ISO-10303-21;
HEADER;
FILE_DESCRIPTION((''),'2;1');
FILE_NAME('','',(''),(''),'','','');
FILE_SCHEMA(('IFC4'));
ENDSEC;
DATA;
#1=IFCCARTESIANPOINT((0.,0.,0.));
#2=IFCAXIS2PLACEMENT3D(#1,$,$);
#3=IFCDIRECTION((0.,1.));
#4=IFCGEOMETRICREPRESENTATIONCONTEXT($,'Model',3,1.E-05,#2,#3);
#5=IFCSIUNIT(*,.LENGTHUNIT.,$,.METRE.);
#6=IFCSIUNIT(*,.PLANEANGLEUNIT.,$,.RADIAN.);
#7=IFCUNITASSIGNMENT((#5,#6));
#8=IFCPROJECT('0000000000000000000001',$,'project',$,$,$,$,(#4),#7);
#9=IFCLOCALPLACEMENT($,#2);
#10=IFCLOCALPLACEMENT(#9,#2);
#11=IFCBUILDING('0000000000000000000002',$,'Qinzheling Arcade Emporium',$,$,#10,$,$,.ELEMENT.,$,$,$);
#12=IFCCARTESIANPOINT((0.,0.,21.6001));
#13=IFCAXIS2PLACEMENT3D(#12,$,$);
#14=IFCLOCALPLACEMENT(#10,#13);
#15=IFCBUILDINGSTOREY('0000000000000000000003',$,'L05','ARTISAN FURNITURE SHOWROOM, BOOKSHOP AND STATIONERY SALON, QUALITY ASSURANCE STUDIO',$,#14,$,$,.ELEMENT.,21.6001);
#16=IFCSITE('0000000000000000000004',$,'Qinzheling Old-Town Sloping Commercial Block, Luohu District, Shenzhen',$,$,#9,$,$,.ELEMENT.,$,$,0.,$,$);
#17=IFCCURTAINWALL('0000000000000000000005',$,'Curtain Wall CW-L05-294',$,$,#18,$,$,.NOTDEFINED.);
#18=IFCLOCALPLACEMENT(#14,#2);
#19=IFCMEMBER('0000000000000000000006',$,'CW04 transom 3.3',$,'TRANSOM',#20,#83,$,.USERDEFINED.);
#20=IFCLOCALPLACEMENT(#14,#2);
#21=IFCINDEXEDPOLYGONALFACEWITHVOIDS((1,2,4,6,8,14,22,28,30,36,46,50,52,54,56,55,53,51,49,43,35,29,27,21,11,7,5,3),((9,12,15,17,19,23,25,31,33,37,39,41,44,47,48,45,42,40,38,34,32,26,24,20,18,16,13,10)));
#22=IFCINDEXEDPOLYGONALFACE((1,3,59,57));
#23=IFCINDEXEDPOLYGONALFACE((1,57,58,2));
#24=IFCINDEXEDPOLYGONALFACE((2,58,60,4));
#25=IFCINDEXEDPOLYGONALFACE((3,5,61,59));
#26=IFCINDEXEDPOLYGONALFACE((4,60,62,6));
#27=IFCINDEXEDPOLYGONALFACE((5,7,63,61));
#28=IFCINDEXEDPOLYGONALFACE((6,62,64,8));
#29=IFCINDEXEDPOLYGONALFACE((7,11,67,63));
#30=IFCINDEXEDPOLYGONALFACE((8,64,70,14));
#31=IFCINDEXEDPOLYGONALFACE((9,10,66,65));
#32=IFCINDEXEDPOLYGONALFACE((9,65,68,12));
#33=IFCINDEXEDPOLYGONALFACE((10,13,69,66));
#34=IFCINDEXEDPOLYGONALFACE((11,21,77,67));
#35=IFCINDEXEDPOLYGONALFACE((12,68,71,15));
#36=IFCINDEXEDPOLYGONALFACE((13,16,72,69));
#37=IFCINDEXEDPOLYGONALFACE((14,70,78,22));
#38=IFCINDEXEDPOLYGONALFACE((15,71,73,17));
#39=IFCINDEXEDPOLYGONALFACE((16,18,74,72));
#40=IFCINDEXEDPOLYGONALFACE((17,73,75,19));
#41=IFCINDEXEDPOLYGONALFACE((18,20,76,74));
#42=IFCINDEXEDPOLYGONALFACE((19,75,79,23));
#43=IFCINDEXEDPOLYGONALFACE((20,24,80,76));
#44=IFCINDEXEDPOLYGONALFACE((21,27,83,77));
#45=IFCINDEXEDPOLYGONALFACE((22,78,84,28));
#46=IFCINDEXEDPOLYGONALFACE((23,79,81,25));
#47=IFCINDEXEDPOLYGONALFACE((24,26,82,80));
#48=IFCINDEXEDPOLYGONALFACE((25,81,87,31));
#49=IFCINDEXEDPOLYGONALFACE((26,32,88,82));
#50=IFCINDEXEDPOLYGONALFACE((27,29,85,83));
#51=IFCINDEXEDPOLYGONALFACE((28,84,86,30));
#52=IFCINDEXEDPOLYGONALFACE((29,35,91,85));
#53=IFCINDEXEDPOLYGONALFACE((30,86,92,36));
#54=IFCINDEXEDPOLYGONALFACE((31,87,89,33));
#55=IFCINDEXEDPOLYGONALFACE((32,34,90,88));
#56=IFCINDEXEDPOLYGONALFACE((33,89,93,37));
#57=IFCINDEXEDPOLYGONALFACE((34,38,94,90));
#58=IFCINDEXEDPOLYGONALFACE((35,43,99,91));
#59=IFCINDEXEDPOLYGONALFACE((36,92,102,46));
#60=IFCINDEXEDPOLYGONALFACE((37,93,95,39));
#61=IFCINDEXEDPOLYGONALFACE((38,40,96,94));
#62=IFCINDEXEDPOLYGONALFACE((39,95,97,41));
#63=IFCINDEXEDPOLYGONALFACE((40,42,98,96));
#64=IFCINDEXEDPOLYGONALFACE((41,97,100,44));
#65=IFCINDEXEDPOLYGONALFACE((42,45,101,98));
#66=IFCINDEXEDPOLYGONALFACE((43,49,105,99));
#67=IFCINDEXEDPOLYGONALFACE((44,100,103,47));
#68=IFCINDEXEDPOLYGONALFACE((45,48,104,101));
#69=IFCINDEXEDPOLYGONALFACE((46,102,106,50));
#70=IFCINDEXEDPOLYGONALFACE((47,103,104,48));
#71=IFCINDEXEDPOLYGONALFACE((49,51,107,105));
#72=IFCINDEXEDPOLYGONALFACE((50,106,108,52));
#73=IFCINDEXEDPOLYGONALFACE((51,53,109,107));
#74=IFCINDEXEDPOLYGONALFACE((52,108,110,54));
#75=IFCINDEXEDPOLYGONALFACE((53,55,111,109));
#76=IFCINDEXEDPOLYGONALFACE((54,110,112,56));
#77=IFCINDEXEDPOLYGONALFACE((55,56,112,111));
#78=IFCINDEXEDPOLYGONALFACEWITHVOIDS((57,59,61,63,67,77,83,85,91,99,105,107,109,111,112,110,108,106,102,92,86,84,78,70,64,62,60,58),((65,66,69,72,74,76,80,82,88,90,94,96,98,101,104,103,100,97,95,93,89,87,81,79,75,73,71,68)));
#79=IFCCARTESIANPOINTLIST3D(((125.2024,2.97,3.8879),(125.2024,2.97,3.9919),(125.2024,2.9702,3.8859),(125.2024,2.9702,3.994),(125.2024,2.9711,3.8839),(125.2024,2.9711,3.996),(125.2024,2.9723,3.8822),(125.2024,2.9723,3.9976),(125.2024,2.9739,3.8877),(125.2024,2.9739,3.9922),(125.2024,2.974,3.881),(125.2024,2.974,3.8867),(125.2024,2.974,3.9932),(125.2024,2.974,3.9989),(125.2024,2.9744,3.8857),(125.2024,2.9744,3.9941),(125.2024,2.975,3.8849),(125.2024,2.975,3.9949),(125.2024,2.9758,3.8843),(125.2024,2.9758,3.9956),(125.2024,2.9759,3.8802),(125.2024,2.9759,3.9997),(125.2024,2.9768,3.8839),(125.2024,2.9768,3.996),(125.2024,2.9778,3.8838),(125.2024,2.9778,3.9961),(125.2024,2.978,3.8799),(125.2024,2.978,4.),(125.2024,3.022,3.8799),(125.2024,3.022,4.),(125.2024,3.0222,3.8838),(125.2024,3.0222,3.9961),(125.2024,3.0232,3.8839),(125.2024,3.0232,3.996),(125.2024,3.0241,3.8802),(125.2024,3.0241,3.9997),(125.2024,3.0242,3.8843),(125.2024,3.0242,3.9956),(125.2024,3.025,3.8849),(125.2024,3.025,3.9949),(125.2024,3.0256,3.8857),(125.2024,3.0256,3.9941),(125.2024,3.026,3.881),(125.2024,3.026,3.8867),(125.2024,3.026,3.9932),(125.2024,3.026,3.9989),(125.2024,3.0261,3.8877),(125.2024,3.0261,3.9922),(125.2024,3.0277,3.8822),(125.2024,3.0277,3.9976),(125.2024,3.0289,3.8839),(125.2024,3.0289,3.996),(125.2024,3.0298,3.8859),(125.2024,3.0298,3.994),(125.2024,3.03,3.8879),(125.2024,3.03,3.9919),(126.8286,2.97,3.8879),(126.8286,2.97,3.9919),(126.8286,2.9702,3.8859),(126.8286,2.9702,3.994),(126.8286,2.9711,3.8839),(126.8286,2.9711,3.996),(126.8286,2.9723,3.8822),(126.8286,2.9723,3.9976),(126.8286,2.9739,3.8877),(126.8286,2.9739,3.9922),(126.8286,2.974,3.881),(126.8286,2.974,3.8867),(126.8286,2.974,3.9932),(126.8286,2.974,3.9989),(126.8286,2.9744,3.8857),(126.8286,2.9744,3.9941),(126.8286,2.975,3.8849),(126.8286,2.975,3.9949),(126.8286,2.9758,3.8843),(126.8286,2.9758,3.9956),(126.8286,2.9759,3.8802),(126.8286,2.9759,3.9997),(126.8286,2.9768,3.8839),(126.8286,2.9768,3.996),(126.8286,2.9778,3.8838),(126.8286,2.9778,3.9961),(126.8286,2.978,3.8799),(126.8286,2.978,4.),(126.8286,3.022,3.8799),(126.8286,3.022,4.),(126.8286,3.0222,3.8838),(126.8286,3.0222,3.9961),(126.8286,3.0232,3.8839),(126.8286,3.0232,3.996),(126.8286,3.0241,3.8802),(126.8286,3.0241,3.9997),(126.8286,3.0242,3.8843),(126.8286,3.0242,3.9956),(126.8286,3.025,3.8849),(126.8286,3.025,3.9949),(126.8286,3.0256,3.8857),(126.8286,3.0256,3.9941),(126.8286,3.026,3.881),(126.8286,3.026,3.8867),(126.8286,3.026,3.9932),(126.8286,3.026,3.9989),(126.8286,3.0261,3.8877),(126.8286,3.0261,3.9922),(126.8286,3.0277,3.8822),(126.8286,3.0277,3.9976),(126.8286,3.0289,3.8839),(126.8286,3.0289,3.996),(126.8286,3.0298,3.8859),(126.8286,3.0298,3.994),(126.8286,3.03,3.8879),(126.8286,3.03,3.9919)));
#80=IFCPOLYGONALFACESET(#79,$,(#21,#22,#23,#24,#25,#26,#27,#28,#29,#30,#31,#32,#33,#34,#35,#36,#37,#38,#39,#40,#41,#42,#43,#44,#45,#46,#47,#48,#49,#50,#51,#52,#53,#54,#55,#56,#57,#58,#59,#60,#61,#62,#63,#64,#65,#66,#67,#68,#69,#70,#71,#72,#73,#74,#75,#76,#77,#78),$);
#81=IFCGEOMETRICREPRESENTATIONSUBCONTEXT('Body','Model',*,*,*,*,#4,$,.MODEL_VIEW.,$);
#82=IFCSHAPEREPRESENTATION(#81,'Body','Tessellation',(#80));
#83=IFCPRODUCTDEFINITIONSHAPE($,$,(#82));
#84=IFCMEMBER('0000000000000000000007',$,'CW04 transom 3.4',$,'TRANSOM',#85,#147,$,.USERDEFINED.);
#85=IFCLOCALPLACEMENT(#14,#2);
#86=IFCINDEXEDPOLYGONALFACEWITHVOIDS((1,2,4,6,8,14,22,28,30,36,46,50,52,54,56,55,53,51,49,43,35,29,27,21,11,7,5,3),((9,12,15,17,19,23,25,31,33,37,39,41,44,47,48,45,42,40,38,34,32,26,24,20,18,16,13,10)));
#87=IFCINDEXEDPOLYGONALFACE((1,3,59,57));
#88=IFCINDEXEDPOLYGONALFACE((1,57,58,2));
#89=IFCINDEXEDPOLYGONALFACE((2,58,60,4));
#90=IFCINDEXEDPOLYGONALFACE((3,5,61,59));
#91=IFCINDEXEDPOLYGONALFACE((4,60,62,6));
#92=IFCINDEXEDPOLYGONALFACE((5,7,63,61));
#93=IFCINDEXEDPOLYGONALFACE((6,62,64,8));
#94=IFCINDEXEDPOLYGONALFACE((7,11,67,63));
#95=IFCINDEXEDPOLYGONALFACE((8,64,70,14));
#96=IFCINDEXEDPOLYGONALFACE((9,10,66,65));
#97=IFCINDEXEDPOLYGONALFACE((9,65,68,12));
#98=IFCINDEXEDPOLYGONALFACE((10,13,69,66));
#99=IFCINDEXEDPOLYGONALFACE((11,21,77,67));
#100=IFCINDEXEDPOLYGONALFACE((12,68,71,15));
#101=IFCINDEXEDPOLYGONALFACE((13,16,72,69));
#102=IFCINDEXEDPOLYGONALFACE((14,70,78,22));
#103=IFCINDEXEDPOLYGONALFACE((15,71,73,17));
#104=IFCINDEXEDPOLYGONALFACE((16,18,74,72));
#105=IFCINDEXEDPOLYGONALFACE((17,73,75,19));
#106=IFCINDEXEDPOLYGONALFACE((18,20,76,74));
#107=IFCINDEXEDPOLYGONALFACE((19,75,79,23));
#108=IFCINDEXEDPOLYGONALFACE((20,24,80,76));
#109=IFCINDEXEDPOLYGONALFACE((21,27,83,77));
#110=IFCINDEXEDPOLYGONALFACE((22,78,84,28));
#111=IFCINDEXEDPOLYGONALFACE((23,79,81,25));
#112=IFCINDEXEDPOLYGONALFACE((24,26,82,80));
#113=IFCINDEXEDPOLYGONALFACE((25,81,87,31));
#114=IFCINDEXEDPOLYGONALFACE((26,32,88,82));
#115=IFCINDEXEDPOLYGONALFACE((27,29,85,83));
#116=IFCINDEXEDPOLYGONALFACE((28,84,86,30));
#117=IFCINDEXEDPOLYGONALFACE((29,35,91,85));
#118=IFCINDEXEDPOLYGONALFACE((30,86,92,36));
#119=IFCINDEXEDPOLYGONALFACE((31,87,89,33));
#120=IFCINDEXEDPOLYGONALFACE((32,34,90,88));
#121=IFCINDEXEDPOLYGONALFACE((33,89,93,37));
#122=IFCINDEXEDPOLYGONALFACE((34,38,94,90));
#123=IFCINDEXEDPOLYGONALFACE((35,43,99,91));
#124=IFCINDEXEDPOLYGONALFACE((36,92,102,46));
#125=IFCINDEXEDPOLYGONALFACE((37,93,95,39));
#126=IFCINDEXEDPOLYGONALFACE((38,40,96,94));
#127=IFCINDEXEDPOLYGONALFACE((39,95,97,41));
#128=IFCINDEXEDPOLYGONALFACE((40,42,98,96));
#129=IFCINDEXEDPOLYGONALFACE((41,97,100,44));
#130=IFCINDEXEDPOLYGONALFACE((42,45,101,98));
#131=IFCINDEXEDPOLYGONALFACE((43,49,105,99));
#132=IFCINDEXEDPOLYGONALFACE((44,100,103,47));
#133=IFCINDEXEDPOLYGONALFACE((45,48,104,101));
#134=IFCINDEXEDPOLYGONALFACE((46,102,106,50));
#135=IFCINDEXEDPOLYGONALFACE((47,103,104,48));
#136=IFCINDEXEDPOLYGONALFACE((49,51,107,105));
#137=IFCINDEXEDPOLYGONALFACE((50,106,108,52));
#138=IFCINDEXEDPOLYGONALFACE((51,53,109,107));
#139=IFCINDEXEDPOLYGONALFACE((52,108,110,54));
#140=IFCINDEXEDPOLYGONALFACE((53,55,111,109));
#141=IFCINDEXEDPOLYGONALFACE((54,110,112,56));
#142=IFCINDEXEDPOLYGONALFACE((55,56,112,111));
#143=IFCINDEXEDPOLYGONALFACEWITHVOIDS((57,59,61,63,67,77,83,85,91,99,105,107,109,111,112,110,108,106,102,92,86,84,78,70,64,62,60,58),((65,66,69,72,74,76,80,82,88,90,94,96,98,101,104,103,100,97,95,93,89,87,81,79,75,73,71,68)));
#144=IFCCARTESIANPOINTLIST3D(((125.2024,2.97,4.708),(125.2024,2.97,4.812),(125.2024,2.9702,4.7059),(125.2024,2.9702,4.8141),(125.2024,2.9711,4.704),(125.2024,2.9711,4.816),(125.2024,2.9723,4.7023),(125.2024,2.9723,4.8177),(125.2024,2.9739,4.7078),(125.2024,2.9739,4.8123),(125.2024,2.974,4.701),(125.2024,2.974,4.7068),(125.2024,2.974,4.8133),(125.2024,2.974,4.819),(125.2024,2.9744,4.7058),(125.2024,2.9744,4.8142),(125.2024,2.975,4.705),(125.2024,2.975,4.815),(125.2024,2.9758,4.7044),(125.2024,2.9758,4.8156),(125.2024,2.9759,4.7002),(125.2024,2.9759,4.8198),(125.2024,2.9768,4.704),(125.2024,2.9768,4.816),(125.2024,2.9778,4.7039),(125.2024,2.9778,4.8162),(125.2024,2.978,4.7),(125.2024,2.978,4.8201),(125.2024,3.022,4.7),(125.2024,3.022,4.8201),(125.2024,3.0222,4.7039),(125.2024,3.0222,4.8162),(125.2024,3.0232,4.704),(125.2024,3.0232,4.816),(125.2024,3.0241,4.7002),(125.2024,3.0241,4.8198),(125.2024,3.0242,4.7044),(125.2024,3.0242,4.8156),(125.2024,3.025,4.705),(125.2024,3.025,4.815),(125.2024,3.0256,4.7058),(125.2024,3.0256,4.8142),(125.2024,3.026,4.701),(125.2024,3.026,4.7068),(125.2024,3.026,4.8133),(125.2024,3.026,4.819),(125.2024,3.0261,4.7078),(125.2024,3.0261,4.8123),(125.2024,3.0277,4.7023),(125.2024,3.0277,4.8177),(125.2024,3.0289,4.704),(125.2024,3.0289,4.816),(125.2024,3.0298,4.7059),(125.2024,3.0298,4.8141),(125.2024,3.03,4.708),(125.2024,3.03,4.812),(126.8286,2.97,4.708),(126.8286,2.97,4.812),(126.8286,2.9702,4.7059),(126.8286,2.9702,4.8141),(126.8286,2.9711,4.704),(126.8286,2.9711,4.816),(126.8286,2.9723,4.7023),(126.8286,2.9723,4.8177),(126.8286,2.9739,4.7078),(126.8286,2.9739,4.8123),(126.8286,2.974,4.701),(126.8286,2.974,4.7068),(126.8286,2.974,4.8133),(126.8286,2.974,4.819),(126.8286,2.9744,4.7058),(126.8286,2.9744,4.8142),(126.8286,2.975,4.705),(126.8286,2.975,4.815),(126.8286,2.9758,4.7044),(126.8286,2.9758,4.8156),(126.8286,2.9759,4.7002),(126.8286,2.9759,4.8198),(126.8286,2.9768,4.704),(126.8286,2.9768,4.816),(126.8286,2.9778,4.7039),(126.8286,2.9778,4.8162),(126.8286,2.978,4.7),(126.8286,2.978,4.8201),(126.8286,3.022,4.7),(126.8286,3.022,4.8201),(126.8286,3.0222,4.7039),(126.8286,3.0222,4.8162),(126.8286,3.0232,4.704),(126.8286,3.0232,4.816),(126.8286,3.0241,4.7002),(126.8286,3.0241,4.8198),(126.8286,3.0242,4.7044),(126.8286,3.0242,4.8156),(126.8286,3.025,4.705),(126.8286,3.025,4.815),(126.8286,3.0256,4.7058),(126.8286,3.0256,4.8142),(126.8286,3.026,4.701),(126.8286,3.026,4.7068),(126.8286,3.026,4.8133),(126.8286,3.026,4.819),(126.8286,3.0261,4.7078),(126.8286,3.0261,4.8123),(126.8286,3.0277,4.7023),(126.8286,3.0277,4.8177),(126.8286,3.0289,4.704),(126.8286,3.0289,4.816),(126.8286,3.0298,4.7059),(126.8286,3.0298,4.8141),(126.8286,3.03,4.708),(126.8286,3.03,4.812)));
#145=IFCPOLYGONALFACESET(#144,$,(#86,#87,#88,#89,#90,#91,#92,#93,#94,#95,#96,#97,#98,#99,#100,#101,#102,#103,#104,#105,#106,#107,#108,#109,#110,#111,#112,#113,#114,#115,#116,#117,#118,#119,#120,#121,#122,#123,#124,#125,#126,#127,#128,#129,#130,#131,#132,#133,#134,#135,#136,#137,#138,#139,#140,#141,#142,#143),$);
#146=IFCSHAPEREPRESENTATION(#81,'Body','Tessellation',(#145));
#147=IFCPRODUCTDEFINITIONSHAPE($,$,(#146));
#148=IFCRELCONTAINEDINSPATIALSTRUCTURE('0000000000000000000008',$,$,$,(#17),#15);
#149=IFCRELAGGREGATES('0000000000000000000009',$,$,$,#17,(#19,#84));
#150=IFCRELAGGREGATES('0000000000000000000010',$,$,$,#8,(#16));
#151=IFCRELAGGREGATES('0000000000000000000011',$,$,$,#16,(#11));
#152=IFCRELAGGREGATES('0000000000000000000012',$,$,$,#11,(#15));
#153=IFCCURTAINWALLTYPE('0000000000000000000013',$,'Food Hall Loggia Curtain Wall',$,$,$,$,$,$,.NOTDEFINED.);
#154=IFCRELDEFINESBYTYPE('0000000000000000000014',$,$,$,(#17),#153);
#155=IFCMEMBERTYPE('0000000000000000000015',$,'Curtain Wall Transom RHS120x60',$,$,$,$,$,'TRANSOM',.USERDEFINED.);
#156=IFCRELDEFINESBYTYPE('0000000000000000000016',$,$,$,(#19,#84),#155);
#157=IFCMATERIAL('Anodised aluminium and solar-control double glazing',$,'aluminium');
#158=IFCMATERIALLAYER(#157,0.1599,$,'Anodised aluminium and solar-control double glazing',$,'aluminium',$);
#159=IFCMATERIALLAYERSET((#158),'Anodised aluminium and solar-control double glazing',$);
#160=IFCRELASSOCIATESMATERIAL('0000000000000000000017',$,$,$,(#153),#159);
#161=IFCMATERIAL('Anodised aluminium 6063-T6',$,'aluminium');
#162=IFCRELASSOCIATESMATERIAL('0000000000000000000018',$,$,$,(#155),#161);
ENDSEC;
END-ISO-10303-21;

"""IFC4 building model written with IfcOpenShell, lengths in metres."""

from ifc_helpers import new_model, si_unit, direction, frame, origin, origin_2d, place, context, subcontext, project, spatial, hollow_rectangle, extrude, material, layer, layer_set, material_profile, profile_set, type_object, element, aggregate, save


model = new_model("IFC4")

# Units and contexts
model_context = context("Model", 3, precision=1e-05, world=origin(), true_north=direction((0.0, 1.0)))
body_context = subcontext(model_context, "Body", "Model", "MODEL_VIEW")
ifc_project = project(units=[si_unit("LENGTHUNIT", "METRE"), si_unit("PLANEANGLEUNIT", "RADIAN")], contexts=[model_context])

# Site, building, storey
site_placement = place(None, origin())
site = spatial("IfcSite", under=ifc_project, at=site_placement, Name="Qinzheling Old-Town Sloping Commercial Block, Luohu District, Shenzhen", CompositionType="ELEMENT", RefElevation=0.0)
building_placement = place(site_placement, origin())
building = spatial("IfcBuilding", under=site, at=building_placement, Name="Qinzheling Arcade Emporium", CompositionType="ELEMENT")
storey_placement = place(building_placement, frame((0.0, 0.0, 21.6001)))
storey = spatial("IfcBuildingStorey", under=building, at=storey_placement, Name="L05", Description="ARTISAN FURNITURE SHOWROOM, BOOKSHOP AND STATIONERY SALON, QUALITY ASSURANCE STUDIO", CompositionType="ELEMENT", Elevation=21.6001)

# Curtain wall
ifc_material_1 = material(Name="Anodised aluminium and solar-control double glazing", Category="aluminium")
ifc_layer_1 = layer(ifc_material_1, 0.1599, Name="Anodised aluminium and solar-control double glazing", Category="aluminium")
ifc_layer_set_1 = layer_set([ifc_layer_1], Name="Anodised aluminium and solar-control double glazing")
curtain_wall_type = type_object("IfcCurtainWallType", Name="Food Hall Loggia Curtain Wall", PredefinedType="NOTDEFINED", material=ifc_layer_set_1)
curtain_wall_1_placement = place(storey_placement, origin())
curtain_wall_1 = element("IfcCurtainWall", 1, at=curtain_wall_1_placement, inside=storey, type_object=curtain_wall_type, Name="Curtain Wall CW-L05-294", PredefinedType="NOTDEFINED")
ifc_material_2 = material(Name="Anodised aluminium 6063-T6", Category="aluminium")

# Members
ifc_material_profile_1 = material_profile(ifc_material_2, hollow_rectangle(XDim=0.0601, YDim=0.1201, WallThickness=0.0039, InnerFilletRadius=0.0039, OuterFilletRadius=0.0081, at=origin_2d()), Name="RHS 120x60x4", Category="aluminium")
ifc_profile_set_1 = profile_set([ifc_material_profile_1], Name="Anodised aluminium 6063-T6")
member_type_1 = type_object("IfcMemberType", Name="Curtain Wall Transom RHS120x60", ElementType="TRANSOM", PredefinedType="USERDEFINED", material=ifc_profile_set_1)
member_1_placement = place(storey_placement, frame((126.8286, 3.0, 3.9399), z_axis=(-1.0, 0.0, 0.0), x_axis=(0.0, -1.0, 0.0)))
member_1 = element("IfcMember", 2, at=member_1_placement, type_object=member_type_1, Name="CW04 transom 3.3", ObjectType="TRANSOM", PredefinedType="USERDEFINED", context=body_context, shape_type="SweptSolid", body=[
    extrude(hollow_rectangle(XDim=0.0601, YDim=0.1201, WallThickness=0.0039, InnerFilletRadius=0.0039, OuterFilletRadius=0.0081, at=origin_2d()), origin(), (0.0, 0.0, 1.0), 1.6262),
])
member_2_placement = place(storey_placement, frame((126.8286, 3.0, 4.76), z_axis=(-1.0, 0.0, 0.0), x_axis=(0.0, -1.0, 0.0)))
member_2 = element("IfcMember", 3, at=member_2_placement, type_object=member_type_1, Name="CW04 transom 3.4", ObjectType="TRANSOM", PredefinedType="USERDEFINED", context=body_context, shape_type="SweptSolid", body=[
    extrude(hollow_rectangle(XDim=0.0601, YDim=0.1201, WallThickness=0.0039, InnerFilletRadius=0.0039, OuterFilletRadius=0.0081, at=origin_2d()), origin(), (0.0, 0.0, 1.0), 1.6262),
])

aggregate(curtain_wall_1, [member_1, member_2])

save(model, "model.ifc")
